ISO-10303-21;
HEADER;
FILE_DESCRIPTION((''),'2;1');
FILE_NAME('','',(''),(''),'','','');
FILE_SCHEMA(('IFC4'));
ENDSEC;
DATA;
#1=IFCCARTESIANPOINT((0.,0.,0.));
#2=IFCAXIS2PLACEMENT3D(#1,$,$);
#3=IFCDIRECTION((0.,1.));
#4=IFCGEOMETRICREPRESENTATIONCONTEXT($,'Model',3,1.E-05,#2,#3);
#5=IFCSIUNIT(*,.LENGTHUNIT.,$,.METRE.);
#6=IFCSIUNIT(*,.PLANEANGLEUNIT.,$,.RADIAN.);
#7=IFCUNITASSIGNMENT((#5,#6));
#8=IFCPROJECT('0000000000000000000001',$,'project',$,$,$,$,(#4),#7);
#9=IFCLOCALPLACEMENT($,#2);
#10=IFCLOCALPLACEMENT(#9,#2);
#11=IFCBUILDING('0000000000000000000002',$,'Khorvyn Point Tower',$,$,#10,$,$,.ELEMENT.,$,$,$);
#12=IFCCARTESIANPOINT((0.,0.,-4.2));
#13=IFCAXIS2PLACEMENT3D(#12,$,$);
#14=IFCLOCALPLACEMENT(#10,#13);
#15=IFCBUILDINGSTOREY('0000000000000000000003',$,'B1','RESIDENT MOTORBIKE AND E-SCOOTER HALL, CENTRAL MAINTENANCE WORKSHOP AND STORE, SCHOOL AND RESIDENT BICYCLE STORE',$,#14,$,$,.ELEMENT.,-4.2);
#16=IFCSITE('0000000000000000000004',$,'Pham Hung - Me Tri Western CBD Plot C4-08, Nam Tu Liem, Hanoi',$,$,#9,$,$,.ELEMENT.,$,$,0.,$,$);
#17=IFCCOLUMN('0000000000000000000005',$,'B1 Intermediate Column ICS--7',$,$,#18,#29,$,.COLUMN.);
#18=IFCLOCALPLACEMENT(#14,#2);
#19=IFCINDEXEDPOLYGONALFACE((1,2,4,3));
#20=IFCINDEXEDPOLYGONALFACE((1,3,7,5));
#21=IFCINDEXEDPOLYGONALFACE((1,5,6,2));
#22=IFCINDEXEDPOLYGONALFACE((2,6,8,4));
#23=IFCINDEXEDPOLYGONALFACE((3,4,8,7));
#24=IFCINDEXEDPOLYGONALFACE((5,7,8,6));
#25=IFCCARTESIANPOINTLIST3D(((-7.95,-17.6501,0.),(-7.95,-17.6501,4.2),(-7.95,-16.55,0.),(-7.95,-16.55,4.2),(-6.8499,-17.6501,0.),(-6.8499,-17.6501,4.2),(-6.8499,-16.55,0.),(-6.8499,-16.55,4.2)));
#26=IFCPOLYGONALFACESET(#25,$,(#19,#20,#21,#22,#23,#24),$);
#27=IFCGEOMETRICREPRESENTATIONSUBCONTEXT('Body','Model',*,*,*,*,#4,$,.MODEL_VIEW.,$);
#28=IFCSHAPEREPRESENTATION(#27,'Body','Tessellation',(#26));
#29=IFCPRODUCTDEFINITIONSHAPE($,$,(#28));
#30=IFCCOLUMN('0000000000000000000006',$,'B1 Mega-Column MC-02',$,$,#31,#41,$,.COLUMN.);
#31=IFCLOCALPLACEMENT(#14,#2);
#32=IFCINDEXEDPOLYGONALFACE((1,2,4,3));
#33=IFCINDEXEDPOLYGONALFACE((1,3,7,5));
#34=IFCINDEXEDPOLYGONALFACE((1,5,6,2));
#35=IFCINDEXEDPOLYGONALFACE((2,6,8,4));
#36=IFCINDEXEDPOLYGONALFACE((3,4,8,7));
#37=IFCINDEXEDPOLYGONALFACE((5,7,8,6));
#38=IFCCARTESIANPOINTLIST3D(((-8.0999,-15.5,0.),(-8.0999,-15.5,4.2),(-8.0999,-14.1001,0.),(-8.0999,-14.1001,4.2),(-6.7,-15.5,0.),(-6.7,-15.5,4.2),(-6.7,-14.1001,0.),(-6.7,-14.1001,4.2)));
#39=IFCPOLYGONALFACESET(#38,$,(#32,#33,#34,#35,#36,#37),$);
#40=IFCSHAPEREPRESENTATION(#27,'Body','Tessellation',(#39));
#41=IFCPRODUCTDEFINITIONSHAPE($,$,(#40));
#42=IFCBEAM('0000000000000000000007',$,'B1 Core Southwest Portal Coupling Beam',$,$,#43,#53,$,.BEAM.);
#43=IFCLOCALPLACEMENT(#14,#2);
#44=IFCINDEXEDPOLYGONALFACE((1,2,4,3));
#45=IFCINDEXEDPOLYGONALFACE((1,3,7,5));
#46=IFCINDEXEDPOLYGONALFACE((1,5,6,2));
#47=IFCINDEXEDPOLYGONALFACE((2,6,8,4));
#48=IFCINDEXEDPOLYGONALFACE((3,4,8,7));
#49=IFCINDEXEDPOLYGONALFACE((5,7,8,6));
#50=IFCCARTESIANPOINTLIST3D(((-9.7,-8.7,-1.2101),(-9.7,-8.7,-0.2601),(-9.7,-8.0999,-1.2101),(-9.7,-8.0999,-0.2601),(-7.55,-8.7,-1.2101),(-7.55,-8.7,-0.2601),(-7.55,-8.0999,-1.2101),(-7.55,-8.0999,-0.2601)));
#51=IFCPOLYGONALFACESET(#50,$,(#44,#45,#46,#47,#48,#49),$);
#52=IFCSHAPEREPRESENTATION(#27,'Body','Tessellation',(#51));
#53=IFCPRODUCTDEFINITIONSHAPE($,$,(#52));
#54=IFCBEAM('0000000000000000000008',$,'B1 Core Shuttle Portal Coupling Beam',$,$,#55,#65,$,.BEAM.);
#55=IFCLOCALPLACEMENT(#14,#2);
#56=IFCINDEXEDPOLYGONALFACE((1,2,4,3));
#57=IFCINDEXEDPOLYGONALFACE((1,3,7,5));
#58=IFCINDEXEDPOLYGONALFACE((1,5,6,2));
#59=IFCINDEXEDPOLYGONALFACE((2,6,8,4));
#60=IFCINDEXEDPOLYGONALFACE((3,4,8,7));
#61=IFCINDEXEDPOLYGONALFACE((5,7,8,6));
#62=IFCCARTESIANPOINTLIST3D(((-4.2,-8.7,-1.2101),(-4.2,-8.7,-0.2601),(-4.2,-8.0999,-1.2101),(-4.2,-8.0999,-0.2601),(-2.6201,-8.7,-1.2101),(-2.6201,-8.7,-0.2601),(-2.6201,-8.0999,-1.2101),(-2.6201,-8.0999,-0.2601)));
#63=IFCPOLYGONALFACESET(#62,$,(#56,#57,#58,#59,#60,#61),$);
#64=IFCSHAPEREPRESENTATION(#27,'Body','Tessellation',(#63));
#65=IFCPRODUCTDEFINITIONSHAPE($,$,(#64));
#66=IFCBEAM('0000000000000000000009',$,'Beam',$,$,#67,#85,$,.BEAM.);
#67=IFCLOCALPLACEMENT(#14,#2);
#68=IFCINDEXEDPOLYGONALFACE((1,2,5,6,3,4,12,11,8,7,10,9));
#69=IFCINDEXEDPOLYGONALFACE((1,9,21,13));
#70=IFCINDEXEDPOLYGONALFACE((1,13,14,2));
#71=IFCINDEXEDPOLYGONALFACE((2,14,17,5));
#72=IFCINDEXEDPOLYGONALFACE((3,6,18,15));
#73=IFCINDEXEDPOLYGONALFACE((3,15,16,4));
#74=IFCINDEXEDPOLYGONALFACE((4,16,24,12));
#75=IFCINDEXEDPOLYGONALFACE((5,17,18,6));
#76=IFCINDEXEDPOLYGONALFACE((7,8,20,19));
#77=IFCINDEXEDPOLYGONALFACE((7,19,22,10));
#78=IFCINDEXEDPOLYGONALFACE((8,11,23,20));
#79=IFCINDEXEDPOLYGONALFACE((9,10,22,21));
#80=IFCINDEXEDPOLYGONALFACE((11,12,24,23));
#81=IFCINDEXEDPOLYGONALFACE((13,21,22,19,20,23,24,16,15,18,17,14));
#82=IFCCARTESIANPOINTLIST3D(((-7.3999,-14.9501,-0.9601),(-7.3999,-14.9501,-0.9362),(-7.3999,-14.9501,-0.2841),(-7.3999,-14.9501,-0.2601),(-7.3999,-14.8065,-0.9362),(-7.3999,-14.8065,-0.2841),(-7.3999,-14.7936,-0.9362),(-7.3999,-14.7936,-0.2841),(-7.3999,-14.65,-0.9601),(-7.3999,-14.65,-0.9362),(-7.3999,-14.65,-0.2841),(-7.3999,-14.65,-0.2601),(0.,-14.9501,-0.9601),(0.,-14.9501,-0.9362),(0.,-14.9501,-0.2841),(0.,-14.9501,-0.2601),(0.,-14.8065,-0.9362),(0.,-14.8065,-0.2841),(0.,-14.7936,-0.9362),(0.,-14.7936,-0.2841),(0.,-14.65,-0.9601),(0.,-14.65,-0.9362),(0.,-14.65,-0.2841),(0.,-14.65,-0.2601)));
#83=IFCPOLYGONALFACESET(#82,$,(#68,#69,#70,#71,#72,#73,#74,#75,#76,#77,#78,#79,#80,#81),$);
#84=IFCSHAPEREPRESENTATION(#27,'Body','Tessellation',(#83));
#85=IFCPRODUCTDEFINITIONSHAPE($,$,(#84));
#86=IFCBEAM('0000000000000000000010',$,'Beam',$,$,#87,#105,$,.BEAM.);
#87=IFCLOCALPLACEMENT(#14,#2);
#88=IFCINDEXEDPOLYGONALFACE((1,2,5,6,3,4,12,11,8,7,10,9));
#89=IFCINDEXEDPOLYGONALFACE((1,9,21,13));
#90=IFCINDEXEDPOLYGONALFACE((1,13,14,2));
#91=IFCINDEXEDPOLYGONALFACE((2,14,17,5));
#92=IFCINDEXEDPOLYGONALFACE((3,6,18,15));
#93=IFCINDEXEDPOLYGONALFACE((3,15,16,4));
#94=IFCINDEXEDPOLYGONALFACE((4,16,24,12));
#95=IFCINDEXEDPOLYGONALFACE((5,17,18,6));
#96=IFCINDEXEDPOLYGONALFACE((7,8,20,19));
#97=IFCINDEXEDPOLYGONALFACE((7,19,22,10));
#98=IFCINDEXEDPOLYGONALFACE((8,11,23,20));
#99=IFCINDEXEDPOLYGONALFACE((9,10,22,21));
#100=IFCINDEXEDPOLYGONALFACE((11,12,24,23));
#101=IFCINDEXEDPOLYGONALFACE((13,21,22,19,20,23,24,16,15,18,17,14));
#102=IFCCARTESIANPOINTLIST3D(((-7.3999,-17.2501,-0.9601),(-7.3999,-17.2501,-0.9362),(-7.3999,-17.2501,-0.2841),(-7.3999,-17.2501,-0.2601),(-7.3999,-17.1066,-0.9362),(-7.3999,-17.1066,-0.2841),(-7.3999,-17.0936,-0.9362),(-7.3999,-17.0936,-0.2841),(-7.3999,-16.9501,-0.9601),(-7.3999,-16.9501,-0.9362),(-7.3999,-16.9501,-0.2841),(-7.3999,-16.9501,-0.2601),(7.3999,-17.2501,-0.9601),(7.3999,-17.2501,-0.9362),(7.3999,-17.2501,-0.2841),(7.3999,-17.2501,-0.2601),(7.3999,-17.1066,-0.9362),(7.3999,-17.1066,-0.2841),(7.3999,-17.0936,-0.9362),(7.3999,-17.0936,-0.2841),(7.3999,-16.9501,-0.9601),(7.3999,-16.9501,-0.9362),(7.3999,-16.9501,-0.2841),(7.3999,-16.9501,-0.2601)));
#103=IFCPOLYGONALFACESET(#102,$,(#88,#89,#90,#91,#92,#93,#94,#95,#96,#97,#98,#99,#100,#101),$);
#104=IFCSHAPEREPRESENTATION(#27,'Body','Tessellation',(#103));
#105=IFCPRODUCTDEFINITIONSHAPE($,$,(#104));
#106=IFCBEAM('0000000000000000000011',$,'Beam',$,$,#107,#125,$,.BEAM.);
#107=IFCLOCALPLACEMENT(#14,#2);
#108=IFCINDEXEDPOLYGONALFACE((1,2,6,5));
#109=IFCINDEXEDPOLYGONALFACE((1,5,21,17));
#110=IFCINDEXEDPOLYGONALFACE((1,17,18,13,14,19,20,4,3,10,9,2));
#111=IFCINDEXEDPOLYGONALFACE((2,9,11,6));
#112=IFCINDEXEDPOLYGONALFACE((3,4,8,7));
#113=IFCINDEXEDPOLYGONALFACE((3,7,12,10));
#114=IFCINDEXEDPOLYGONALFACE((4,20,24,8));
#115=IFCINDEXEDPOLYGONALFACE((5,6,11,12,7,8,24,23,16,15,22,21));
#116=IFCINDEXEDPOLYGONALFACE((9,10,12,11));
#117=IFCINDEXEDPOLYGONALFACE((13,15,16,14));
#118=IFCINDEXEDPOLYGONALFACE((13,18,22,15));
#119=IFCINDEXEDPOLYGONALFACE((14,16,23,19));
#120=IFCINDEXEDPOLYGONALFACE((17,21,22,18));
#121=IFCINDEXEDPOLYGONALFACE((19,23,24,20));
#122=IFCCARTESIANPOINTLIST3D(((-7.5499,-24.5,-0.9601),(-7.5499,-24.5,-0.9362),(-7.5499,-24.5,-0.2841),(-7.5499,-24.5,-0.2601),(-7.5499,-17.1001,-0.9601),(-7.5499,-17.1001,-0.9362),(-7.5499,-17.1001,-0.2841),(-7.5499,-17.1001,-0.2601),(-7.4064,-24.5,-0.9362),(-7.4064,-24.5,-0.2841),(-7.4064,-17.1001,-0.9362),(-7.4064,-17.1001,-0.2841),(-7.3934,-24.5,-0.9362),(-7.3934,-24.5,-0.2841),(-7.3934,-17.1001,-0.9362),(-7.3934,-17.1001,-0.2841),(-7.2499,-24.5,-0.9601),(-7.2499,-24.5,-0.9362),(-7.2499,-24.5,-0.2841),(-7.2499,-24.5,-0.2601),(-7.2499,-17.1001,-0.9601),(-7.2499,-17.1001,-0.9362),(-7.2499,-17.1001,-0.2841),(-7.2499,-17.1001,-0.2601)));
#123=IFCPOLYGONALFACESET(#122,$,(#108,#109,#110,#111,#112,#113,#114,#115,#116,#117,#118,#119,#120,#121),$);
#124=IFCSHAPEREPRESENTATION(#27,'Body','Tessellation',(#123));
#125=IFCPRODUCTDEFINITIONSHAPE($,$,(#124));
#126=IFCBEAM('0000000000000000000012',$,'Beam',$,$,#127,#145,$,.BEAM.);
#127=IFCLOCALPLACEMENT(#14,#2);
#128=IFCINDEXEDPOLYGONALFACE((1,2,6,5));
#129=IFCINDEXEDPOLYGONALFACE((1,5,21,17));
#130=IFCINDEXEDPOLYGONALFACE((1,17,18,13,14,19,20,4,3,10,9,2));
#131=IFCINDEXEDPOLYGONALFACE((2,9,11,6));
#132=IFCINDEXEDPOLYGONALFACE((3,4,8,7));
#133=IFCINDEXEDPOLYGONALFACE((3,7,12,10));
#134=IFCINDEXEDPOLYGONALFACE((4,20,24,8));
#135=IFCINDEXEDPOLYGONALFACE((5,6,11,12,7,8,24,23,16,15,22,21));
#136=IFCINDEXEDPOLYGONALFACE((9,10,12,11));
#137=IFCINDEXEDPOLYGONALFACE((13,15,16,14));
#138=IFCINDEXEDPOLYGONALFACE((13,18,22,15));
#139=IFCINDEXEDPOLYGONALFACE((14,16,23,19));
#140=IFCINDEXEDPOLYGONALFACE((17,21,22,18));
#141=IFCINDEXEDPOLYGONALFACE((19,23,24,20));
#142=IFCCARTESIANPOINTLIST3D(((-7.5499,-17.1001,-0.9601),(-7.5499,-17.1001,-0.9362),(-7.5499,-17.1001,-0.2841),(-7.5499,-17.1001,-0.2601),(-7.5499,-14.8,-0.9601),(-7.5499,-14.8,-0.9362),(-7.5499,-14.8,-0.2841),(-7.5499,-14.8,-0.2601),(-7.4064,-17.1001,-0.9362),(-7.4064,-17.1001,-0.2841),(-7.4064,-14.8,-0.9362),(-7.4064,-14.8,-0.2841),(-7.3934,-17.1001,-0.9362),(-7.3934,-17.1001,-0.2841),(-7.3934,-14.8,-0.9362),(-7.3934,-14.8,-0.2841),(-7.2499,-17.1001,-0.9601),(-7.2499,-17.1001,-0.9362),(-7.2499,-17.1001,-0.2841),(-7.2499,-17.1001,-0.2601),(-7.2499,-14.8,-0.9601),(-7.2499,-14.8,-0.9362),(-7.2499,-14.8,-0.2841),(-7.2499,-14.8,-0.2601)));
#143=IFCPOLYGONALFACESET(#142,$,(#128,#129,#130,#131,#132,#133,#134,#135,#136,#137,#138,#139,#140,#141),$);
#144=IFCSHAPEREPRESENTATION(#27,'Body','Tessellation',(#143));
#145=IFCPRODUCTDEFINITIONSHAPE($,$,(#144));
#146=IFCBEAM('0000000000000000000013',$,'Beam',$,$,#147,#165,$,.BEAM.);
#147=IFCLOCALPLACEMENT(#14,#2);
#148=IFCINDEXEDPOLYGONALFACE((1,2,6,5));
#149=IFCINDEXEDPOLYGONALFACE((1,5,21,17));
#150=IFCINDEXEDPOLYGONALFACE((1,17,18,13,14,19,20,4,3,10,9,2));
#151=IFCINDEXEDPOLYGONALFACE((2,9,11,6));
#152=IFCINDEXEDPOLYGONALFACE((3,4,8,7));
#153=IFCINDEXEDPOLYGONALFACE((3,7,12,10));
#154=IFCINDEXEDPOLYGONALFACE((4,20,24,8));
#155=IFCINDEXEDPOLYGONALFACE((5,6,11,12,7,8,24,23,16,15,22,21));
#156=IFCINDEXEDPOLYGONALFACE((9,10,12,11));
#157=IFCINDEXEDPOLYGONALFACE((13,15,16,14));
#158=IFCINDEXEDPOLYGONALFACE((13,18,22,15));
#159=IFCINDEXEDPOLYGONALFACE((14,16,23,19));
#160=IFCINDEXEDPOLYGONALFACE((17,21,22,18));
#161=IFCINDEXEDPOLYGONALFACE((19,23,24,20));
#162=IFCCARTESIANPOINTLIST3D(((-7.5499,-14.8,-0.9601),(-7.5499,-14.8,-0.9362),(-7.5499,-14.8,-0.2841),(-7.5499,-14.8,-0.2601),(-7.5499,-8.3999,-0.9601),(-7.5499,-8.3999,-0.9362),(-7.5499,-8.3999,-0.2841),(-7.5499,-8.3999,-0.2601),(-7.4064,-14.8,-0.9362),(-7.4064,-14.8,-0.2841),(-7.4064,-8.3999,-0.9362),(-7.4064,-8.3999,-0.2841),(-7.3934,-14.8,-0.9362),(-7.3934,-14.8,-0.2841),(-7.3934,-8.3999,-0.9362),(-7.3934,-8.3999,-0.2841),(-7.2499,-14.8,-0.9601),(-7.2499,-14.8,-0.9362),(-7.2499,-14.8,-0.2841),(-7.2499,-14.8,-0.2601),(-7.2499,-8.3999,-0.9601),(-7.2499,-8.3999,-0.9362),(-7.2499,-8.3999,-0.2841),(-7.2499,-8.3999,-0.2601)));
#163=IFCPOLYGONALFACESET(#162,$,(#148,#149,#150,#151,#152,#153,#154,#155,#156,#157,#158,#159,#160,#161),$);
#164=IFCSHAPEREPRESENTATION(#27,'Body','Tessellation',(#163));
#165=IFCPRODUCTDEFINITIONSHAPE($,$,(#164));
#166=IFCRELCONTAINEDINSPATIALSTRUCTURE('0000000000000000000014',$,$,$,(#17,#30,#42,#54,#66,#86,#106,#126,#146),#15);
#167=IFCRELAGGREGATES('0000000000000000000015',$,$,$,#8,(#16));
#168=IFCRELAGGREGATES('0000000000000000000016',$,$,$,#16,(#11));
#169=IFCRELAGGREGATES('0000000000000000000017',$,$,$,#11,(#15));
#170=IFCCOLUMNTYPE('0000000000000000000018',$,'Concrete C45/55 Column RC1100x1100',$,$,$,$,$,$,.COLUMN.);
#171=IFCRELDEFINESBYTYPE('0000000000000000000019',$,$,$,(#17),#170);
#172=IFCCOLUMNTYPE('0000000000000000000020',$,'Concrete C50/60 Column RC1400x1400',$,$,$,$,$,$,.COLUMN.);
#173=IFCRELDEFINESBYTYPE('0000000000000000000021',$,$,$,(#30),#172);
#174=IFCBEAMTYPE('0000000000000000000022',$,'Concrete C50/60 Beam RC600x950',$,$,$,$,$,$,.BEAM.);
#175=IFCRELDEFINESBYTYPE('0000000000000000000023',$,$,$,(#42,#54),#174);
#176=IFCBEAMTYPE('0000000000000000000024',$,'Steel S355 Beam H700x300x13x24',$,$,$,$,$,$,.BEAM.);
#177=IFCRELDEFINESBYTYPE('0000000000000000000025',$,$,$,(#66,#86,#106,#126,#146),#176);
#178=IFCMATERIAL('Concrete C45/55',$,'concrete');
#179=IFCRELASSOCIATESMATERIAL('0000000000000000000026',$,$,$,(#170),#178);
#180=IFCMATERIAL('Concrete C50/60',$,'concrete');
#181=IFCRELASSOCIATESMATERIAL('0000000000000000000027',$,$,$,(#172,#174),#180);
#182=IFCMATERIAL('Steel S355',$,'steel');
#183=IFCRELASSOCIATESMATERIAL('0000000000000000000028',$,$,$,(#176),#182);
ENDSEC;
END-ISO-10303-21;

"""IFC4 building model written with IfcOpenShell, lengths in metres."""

from ifc_helpers import new_model, si_unit, direction, frame, origin, origin_2d, place, context, subcontext, project, spatial, rectangle, i_section, extrude, material, material_profile, profile_set, type_object, element, save


model = new_model("IFC4")

# Units and contexts
model_context = context("Model", 3, precision=1e-05, world=origin(), true_north=direction((0.0, 1.0)))
body_context = subcontext(model_context, "Body", "Model", "MODEL_VIEW")
ifc_project = project(units=[si_unit("LENGTHUNIT", "METRE"), si_unit("PLANEANGLEUNIT", "RADIAN")], contexts=[model_context])

# Site, building, storey
site_placement = place(None, origin())
site = spatial("IfcSite", under=ifc_project, at=site_placement, Name="Pham Hung - Me Tri Western CBD Plot C4-08, Nam Tu Liem, Hanoi", CompositionType="ELEMENT", RefElevation=0.0)
building_placement = place(site_placement, origin())
building = spatial("IfcBuilding", under=site, at=building_placement, Name="Khorvyn Point Tower", CompositionType="ELEMENT")
storey_placement = place(building_placement, frame((0.0, 0.0, -4.2)))
storey = spatial("IfcBuildingStorey", under=building, at=storey_placement, Name="B1", Description="RESIDENT MOTORBIKE AND E-SCOOTER HALL, CENTRAL MAINTENANCE WORKSHOP AND STORE, SCHOOL AND RESIDENT BICYCLE STORE", CompositionType="ELEMENT", Elevation=-4.2)

# Columns
ifc_material_1 = material(Name="Concrete C45/55", Category="concrete")
ifc_material_profile_1 = material_profile(ifc_material_1, rectangle(XDim=1.1001, YDim=1.1001, at=origin_2d()))
ifc_profile_set_1 = profile_set([ifc_material_profile_1], Name="Concrete C45/55 RC1100x1100")
column_type_1 = type_object("IfcColumnType", Name="Concrete C45/55 Column RC1100x1100", PredefinedType="COLUMN", material=ifc_profile_set_1)
column_1_placement = place(storey_placement, frame((-7.3999, -17.1001, 0.0), z_axis=(0.0, 0.0, 1.0), x_axis=(1.0, 0.0, 0.0)))
element("IfcColumn", 1, at=column_1_placement, inside=storey, type_object=column_type_1, Name="B1 Intermediate Column ICS--7", PredefinedType="COLUMN", context=body_context, shape_type="SweptSolid", body=[
    extrude(rectangle(XDim=1.1001, YDim=1.1001, at=origin_2d()), origin(), (0.0, 0.0, 1.0), 4.2),
])
ifc_material_2 = material(Name="Concrete C50/60", Category="concrete")
ifc_material_profile_2 = material_profile(ifc_material_2, rectangle(XDim=1.3999, YDim=1.3999, at=origin_2d()))
ifc_profile_set_2 = profile_set([ifc_material_profile_2], Name="Concrete C50/60 RC1400x1400")
column_type_2 = type_object("IfcColumnType", Name="Concrete C50/60 Column RC1400x1400", PredefinedType="COLUMN", material=ifc_profile_set_2)
column_2_placement = place(storey_placement, frame((-7.3999, -14.8, 0.0), z_axis=(0.0, 0.0, 1.0), x_axis=(1.0, 0.0, 0.0)))
element("IfcColumn", 2, at=column_2_placement, inside=storey, type_object=column_type_2, Name="B1 Mega-Column MC-02", PredefinedType="COLUMN", context=body_context, shape_type="SweptSolid", body=[
    extrude(rectangle(XDim=1.3999, YDim=1.3999, at=origin_2d()), origin(), (0.0, 0.0, 1.0), 4.2),
])

# Beams
ifc_material_profile_3 = material_profile(ifc_material_2, rectangle(XDim=0.6001, YDim=0.95, at=origin_2d()))
ifc_profile_set_3 = profile_set([ifc_material_profile_3], Name="Concrete C50/60 RC600x950")
beam_type_1 = type_object("IfcBeamType", Name="Concrete C50/60 Beam RC600x950", PredefinedType="BEAM", material=ifc_profile_set_3)
beam_1_placement = place(storey_placement, frame((-9.7, -8.3999, -0.7351), z_axis=(1.0, 0.0, 0.0), x_axis=(0.0, 1.0, 0.0)))
element("IfcBeam", 3, at=beam_1_placement, inside=storey, type_object=beam_type_1, Name="B1 Core Southwest Portal Coupling Beam", PredefinedType="BEAM", context=body_context, shape_type="SweptSolid", body=[
    extrude(rectangle(XDim=0.6001, YDim=0.95, at=origin_2d()), origin(), (0.0, 0.0, 1.0), 2.1499),
])
beam_2_placement = place(storey_placement, frame((-4.2, -8.3999, -0.7351), z_axis=(1.0, 0.0, 0.0), x_axis=(0.0, 1.0, 0.0)))
element("IfcBeam", 4, at=beam_2_placement, inside=storey, type_object=beam_type_1, Name="B1 Core Shuttle Portal Coupling Beam", PredefinedType="BEAM", context=body_context, shape_type="SweptSolid", body=[
    extrude(rectangle(XDim=0.6001, YDim=0.95, at=origin_2d()), origin(), (0.0, 0.0, 1.0), 1.5798),
])
ifc_material_3 = material(Name="Steel S355", Category="steel")
ifc_material_profile_4 = material_profile(ifc_material_3, i_section(OverallWidth=0.3, OverallDepth=0.7, WebThickness=0.0129, FlangeThickness=0.0239, at=origin_2d()))
ifc_profile_set_4 = profile_set([ifc_material_profile_4], Name="Steel S355 H700x300x13x24")
beam_type_2 = type_object("IfcBeamType", Name="Steel S355 Beam H700x300x13x24", PredefinedType="BEAM", material=ifc_profile_set_4)
beam_3_placement = place(storey_placement, frame((-7.3999, -14.8, -0.6101), z_axis=(1.0, 0.0, 0.0), x_axis=(0.0, 1.0, 0.0)))
element("IfcBeam", 5, at=beam_3_placement, inside=storey, type_object=beam_type_2, Name="Beam", PredefinedType="BEAM", context=body_context, shape_type="SweptSolid", body=[
    extrude(i_section(OverallWidth=0.3, OverallDepth=0.7, WebThickness=0.0129, FlangeThickness=0.0239, at=origin_2d()), origin(), (0.0, 0.0, 1.0), 7.3999),
])
beam_4_placement = place(storey_placement, frame((-7.3999, -17.1001, -0.6101), z_axis=(1.0, 0.0, 0.0), x_axis=(0.0, 1.0, 0.0)))
element("IfcBeam", 6, at=beam_4_placement, inside=storey, type_object=beam_type_2, Name="Beam", PredefinedType="BEAM", context=body_context, shape_type="SweptSolid", body=[
    extrude(i_section(OverallWidth=0.3, OverallDepth=0.7, WebThickness=0.0129, FlangeThickness=0.0239, at=origin_2d()), origin(), (0.0, 0.0, 1.0), 14.7998),
])
beam_5_placement = place(storey_placement, frame((-7.3999, -24.5, -0.6101), z_axis=(0.0, 1.0, 0.0), x_axis=(-1.0, 0.0, 0.0)))
element("IfcBeam", 7, at=beam_5_placement, inside=storey, type_object=beam_type_2, Name="Beam", PredefinedType="BEAM", context=body_context, shape_type="SweptSolid", body=[
    extrude(i_section(OverallWidth=0.3, OverallDepth=0.7, WebThickness=0.0129, FlangeThickness=0.0239, at=origin_2d()), origin(), (0.0, 0.0, 1.0), 7.3999),
])
beam_6_placement = place(storey_placement, frame((-7.3999, -17.1001, -0.6101), z_axis=(0.0, 1.0, 0.0), x_axis=(-1.0, 0.0, 0.0)))
element("IfcBeam", 8, at=beam_6_placement, inside=storey, type_object=beam_type_2, Name="Beam", PredefinedType="BEAM", context=body_context, shape_type="SweptSolid", body=[
    extrude(i_section(OverallWidth=0.3, OverallDepth=0.7, WebThickness=0.0129, FlangeThickness=0.0239, at=origin_2d()), origin(), (0.0, 0.0, 1.0), 2.3),
])
beam_7_placement = place(storey_placement, frame((-7.3999, -14.8, -0.6101), z_axis=(0.0, 1.0, 0.0), x_axis=(-1.0, 0.0, 0.0)))
element("IfcBeam", 9, at=beam_7_placement, inside=storey, type_object=beam_type_2, Name="Beam", PredefinedType="BEAM", context=body_context, shape_type="SweptSolid", body=[
    extrude(i_section(OverallWidth=0.3, OverallDepth=0.7, WebThickness=0.0129, FlangeThickness=0.0239, at=origin_2d()), origin(), (0.0, 0.0, 1.0), 6.4001),
])

save(model, "model.ifc")
